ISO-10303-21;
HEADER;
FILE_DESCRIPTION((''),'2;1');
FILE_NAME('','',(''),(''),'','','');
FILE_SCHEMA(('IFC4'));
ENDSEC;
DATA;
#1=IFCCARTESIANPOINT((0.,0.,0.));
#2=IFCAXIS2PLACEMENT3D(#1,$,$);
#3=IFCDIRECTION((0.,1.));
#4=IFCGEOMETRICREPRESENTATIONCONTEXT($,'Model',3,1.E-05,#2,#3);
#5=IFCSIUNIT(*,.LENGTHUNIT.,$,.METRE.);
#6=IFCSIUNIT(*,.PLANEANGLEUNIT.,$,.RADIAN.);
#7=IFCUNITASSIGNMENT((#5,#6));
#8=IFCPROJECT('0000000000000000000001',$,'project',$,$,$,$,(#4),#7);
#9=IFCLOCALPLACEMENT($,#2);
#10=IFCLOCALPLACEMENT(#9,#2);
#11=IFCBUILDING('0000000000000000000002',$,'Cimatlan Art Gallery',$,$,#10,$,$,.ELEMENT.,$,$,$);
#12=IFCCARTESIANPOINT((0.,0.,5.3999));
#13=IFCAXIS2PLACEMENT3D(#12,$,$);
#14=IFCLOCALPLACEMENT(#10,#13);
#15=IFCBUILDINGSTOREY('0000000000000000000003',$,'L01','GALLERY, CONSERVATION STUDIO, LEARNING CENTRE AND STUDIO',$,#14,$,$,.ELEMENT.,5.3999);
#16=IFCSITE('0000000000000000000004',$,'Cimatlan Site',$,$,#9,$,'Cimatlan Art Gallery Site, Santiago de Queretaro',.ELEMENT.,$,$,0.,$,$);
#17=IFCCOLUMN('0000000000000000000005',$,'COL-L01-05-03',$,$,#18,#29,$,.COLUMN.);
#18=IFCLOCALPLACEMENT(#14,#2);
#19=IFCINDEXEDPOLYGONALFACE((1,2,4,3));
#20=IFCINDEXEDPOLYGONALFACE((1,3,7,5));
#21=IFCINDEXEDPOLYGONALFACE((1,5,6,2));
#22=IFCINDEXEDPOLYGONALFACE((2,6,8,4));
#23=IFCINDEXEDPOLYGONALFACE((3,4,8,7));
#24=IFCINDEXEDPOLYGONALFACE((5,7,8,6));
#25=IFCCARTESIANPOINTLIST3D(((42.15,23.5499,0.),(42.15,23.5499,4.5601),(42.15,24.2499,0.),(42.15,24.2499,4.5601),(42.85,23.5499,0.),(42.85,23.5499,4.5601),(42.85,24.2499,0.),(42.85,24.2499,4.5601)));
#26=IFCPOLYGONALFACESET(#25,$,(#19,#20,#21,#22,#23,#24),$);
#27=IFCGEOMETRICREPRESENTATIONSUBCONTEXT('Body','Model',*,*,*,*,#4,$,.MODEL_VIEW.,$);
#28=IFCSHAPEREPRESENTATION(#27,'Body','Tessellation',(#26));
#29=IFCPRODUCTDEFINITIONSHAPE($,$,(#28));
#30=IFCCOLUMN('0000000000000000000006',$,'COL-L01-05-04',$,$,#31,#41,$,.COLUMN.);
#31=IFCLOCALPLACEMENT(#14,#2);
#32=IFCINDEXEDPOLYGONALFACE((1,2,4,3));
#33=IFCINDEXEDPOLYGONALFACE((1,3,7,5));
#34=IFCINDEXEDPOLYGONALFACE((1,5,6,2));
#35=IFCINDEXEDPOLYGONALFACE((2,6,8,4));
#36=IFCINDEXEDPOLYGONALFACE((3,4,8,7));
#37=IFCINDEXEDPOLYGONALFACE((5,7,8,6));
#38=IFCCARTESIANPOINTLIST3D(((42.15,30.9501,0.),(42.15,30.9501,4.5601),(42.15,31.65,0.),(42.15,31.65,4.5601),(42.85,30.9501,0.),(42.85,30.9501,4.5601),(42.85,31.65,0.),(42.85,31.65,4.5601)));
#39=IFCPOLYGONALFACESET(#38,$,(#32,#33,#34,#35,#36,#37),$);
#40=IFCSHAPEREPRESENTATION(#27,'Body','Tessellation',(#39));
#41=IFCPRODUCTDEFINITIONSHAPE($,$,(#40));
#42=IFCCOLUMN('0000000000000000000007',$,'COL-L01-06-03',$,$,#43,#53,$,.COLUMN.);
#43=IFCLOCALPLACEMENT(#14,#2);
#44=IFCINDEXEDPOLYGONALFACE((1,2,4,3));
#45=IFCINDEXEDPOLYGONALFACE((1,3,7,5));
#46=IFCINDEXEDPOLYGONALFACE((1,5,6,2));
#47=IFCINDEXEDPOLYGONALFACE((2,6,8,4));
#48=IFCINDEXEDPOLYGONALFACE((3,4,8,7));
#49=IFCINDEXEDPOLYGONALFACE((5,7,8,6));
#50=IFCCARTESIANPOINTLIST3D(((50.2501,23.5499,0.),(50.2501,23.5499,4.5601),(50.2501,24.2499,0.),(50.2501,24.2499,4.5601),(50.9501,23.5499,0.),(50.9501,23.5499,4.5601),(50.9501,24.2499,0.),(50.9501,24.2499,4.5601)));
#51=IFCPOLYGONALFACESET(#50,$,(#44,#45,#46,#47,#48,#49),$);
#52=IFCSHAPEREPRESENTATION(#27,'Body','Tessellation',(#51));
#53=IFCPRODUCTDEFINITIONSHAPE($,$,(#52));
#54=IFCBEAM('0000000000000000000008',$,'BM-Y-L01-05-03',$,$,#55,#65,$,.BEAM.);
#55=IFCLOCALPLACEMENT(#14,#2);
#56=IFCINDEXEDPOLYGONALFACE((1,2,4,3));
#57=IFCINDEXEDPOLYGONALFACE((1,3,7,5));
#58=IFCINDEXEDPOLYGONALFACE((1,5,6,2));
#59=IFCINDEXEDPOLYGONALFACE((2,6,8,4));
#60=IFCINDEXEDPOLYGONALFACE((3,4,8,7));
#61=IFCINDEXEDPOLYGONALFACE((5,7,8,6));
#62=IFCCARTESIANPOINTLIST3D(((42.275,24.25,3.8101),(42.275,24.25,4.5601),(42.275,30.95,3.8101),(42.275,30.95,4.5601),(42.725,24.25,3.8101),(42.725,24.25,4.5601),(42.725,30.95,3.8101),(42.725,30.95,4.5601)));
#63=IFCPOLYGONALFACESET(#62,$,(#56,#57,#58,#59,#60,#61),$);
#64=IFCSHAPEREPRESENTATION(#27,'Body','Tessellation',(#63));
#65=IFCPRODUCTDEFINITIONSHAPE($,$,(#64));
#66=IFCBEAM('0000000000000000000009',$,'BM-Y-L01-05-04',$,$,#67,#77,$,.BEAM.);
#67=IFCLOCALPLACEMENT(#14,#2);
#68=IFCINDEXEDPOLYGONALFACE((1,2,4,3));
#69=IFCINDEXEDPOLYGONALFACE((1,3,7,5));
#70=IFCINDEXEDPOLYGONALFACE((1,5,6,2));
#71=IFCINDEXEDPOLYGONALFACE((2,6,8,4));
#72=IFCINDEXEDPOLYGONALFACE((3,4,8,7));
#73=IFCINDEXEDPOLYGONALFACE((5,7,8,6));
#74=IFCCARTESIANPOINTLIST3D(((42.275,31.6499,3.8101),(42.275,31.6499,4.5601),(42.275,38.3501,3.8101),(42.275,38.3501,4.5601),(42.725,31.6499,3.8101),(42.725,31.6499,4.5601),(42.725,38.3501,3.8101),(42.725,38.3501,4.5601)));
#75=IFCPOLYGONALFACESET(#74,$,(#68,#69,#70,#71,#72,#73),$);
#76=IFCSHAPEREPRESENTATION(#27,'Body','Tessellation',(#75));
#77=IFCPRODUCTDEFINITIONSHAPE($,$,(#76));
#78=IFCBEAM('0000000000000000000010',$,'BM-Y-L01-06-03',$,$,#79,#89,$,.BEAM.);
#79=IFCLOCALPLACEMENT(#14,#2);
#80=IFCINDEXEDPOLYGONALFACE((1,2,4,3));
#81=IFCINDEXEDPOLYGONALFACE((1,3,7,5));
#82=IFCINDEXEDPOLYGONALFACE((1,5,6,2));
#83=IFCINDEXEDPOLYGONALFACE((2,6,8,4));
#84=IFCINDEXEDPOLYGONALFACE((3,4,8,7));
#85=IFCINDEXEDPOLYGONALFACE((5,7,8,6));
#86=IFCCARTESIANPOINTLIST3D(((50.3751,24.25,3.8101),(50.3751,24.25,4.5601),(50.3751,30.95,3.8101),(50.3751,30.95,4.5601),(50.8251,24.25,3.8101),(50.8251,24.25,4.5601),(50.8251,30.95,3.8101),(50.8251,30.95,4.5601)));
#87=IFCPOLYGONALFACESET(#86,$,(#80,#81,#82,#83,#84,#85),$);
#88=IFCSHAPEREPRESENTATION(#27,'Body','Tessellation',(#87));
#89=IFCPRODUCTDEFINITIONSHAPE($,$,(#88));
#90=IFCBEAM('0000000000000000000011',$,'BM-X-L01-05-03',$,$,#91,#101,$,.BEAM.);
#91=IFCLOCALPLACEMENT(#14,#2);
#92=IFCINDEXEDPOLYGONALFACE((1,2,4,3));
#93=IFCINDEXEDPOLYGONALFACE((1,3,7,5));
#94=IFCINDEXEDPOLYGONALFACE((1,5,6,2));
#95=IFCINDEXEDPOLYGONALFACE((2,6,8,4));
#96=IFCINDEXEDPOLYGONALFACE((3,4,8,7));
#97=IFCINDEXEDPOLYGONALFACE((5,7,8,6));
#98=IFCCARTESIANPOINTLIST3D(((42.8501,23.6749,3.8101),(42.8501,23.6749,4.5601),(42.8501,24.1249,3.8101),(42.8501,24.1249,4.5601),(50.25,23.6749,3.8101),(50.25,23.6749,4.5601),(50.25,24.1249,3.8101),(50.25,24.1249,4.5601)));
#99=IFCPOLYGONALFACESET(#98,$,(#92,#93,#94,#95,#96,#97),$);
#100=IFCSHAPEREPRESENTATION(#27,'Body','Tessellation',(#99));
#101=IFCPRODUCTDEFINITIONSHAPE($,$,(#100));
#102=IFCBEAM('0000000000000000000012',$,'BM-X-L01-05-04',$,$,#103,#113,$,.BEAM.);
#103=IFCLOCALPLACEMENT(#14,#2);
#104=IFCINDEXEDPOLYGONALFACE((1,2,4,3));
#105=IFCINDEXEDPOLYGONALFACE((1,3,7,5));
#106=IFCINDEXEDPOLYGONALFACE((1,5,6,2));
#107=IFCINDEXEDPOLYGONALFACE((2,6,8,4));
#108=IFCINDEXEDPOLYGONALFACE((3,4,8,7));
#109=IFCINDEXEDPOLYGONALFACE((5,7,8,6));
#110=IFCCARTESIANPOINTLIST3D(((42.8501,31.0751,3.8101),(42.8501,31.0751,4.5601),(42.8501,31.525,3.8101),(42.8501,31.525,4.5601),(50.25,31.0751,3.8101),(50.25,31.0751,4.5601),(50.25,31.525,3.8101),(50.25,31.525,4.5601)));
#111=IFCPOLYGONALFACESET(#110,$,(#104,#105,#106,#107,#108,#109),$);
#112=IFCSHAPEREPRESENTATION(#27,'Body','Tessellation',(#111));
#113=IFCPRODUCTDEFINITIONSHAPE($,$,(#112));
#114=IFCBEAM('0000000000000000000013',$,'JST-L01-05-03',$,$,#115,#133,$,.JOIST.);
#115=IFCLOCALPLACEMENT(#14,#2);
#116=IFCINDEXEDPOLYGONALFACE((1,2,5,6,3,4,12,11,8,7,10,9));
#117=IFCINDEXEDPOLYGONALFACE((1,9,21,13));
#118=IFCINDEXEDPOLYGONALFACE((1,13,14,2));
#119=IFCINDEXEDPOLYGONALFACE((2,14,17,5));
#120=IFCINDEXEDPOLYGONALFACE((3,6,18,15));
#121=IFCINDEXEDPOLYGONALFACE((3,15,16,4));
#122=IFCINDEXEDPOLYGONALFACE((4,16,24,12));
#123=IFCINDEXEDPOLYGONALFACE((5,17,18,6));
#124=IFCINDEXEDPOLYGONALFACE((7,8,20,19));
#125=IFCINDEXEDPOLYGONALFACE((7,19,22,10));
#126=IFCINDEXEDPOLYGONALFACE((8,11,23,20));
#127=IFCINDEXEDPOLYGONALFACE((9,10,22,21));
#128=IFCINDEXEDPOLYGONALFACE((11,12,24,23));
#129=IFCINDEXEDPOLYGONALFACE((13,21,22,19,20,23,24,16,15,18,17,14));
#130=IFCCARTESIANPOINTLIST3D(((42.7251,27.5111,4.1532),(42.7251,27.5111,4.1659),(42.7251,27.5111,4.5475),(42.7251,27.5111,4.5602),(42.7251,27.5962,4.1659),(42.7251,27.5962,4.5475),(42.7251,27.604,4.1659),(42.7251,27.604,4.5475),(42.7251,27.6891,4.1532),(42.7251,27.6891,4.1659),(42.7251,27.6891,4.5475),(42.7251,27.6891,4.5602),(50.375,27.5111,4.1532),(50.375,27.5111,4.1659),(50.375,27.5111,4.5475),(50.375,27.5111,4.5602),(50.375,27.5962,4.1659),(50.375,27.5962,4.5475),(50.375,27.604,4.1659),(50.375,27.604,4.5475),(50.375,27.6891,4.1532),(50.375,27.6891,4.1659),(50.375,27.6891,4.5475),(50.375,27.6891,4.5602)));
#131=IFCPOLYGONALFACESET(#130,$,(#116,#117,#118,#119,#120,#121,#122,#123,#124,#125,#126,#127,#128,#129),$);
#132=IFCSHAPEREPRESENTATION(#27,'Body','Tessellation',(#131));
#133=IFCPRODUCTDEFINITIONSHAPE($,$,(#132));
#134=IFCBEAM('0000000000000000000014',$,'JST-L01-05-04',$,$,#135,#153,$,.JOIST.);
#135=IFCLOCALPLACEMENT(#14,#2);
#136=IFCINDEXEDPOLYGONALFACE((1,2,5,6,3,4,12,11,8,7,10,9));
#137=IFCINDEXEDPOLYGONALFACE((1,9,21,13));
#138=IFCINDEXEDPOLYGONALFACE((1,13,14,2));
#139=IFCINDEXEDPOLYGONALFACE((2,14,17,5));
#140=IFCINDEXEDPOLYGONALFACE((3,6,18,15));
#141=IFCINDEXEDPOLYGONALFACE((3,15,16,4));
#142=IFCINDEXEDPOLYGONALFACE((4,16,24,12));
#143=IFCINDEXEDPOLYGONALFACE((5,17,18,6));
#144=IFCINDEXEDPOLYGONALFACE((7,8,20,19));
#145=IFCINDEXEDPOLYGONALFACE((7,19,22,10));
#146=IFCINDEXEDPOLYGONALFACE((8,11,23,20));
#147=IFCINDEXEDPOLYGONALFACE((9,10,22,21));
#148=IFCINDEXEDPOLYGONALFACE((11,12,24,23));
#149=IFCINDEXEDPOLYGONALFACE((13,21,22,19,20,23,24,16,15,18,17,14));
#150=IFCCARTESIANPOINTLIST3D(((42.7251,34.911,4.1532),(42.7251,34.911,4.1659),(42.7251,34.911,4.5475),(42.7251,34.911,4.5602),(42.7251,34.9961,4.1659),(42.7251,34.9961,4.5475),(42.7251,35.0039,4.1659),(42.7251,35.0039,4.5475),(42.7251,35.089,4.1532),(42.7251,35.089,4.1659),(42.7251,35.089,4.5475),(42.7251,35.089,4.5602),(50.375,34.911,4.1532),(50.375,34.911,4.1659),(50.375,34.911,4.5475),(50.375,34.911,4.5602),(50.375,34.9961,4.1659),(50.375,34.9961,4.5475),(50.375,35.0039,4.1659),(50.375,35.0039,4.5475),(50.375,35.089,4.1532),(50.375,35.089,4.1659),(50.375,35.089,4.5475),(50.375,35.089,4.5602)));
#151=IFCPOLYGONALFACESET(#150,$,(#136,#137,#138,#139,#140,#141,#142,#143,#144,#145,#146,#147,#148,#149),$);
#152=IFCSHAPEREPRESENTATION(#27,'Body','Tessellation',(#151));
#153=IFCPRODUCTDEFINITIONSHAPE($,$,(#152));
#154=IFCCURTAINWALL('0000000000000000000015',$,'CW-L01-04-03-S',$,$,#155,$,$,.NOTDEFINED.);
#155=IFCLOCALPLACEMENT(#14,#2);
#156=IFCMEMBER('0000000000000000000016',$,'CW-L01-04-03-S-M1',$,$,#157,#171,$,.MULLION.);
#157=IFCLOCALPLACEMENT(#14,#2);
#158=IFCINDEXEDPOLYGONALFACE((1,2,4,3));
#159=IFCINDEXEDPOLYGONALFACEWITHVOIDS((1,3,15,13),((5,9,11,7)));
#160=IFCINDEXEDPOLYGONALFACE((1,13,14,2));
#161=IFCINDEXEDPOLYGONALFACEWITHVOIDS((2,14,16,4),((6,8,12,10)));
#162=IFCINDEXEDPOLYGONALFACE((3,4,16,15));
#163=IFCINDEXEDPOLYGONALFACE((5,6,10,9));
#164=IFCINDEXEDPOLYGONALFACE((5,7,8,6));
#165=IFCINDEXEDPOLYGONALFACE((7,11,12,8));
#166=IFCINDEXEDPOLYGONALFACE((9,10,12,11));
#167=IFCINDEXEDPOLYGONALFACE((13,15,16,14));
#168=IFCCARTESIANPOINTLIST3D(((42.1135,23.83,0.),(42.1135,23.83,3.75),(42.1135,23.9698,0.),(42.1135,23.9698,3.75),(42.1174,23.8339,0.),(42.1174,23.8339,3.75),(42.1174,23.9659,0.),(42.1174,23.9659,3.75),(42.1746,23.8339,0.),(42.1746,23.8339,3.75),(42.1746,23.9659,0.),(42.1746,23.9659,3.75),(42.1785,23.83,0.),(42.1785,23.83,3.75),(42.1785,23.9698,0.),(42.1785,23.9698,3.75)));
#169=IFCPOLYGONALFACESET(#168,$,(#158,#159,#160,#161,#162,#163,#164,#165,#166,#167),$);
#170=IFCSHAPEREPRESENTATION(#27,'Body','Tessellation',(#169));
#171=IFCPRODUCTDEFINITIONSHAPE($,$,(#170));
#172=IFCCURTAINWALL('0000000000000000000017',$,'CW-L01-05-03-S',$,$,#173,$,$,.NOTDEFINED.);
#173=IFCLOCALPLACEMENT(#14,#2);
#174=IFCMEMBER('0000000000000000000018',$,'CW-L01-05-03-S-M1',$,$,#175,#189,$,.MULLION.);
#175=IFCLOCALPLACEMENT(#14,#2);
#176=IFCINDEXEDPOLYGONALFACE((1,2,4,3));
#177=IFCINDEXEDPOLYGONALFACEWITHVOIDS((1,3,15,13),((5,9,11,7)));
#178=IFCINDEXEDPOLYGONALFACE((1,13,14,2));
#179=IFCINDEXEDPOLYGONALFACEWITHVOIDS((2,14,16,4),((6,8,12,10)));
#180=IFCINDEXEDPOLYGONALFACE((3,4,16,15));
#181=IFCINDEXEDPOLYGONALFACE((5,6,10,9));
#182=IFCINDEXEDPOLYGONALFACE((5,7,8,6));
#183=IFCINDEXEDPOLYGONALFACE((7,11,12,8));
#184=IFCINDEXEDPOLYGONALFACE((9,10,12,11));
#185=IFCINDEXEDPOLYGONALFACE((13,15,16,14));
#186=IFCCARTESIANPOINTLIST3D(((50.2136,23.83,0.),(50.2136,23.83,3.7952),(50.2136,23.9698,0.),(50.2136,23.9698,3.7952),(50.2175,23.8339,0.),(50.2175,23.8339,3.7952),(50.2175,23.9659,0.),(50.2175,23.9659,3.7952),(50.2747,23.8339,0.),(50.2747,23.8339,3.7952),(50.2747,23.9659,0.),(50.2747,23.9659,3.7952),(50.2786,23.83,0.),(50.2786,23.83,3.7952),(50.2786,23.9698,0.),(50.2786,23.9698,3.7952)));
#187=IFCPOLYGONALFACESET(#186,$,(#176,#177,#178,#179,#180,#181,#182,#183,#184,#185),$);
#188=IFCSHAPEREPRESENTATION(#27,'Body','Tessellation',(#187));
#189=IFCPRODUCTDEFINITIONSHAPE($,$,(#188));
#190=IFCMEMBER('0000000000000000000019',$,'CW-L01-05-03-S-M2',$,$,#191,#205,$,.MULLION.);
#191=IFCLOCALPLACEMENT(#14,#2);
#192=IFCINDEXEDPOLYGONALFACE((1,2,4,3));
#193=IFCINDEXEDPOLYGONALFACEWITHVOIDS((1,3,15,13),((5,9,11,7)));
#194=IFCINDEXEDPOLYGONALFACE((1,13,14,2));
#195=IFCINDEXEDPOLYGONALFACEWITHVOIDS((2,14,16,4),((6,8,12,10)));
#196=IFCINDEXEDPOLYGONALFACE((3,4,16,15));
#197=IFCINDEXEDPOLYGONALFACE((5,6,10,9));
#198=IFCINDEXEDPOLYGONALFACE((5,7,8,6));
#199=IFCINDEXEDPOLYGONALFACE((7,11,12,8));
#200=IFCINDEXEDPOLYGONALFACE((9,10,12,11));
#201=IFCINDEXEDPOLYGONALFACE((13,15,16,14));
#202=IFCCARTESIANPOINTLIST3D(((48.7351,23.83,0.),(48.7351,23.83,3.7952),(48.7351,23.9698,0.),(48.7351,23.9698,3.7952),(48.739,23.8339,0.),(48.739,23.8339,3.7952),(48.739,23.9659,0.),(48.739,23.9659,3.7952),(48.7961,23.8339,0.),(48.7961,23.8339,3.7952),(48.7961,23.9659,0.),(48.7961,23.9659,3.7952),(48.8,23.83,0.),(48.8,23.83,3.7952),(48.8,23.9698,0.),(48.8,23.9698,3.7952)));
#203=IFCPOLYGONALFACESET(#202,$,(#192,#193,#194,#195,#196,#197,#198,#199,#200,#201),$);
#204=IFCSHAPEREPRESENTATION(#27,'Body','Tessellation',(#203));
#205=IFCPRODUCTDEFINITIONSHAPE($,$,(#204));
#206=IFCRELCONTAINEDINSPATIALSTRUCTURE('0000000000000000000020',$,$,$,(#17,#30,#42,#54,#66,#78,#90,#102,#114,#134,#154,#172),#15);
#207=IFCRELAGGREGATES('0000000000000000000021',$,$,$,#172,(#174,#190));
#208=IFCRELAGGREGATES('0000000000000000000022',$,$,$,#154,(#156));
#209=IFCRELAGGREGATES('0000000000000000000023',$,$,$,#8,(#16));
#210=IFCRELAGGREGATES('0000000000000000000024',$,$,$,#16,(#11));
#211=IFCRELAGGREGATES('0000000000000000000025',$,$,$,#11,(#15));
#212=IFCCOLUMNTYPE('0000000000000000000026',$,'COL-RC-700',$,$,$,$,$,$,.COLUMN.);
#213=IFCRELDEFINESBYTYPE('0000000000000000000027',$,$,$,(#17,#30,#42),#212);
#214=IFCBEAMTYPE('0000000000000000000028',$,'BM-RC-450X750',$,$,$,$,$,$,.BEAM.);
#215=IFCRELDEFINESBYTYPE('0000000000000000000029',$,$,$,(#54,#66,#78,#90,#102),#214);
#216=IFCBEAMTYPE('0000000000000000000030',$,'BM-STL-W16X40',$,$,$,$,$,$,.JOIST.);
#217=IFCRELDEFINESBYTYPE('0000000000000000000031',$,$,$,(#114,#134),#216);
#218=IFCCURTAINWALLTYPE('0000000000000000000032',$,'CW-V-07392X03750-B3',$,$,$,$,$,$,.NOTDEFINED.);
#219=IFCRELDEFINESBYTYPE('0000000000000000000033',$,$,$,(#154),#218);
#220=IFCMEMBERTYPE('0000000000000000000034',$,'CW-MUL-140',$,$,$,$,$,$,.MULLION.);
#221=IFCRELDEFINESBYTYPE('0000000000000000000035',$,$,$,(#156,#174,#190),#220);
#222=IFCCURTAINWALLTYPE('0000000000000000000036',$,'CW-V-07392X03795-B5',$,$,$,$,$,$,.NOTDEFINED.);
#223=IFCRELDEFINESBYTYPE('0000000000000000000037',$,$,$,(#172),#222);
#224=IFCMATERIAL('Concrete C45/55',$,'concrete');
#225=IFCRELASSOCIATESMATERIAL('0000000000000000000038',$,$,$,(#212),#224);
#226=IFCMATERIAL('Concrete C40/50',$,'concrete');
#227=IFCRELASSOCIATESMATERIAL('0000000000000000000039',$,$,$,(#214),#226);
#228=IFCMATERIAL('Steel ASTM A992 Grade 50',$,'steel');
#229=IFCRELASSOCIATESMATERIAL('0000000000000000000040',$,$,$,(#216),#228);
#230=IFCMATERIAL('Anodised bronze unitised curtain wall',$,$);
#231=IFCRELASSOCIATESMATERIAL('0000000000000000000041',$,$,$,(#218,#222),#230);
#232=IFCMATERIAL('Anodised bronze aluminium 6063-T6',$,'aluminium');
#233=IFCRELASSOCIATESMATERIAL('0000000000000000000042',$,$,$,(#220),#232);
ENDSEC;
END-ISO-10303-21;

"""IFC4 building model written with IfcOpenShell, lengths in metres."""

from ifc_helpers import new_model, si_unit, direction, frame, origin, origin_2d, place, context, subcontext, project, spatial, rectangle, hollow_rectangle, i_section, extrude, material, material_profile, profile_set, type_object, element, aggregate, save


model = new_model("IFC4")

# Units and contexts
model_context = context("Model", 3, precision=1e-05, world=origin(), true_north=direction((0.0, 1.0)))
body_context = subcontext(model_context, "Body", "Model", "MODEL_VIEW")
ifc_project = project(units=[si_unit("LENGTHUNIT", "METRE"), si_unit("PLANEANGLEUNIT", "RADIAN")], contexts=[model_context])

# Site, building, storey
site_placement = place(None, origin())
site = spatial("IfcSite", under=ifc_project, at=site_placement, Name="Cimatlan Site", LongName="Cimatlan Art Gallery Site, Santiago de Queretaro", CompositionType="ELEMENT", RefElevation=0.0)
building_placement = place(site_placement, origin())
building = spatial("IfcBuilding", under=site, at=building_placement, Name="Cimatlan Art Gallery", CompositionType="ELEMENT")
storey_placement = place(building_placement, frame((0.0, 0.0, 5.3999)))
storey = spatial("IfcBuildingStorey", under=building, at=storey_placement, Name="L01", Description="GALLERY, CONSERVATION STUDIO, LEARNING CENTRE AND STUDIO", CompositionType="ELEMENT", Elevation=5.3999)

# Columns
ifc_material_1 = material(Name="Concrete C45/55", Category="concrete")
ifc_material_profile_1 = material_profile(ifc_material_1, rectangle(XDim=0.7, YDim=0.7, at=origin_2d()), Name="RC700X700")
ifc_profile_set_1 = profile_set([ifc_material_profile_1], Name="Concrete C45/55")
column_type = type_object("IfcColumnType", Name="COL-RC-700", PredefinedType="COLUMN", material=ifc_profile_set_1)
for number, where, z_axis, x_axis, name in (
    (1, (42.5, 23.8999, 0.0), (0.0, 0.0, 1.0), (1.0, 0.0, 0.0), "COL-L01-05-03"),
    (2, (42.5, 31.3, 0.0), (0.0, 0.0, 1.0), (1.0, 0.0, 0.0), "COL-L01-05-04"),
    (3, (50.6001, 23.8999, 0.0), (0.0, 0.0, 1.0), (1.0, 0.0, 0.0), "COL-L01-06-03"),
):
    element("IfcColumn", number, at=place(storey_placement, frame(where, z_axis=z_axis, x_axis=x_axis)), inside=storey, type_object=column_type, Name=name, PredefinedType="COLUMN", context=body_context, shape_type="SweptSolid", body=[
        extrude(rectangle(XDim=0.7, YDim=0.7, at=origin_2d()), origin(), (0.0, 0.0, 1.0), 4.5601),
    ])

# Beams
ifc_material_2 = material(Name="Concrete C40/50", Category="concrete")
ifc_material_profile_2 = material_profile(ifc_material_2, rectangle(XDim=0.45, YDim=0.75, at=origin_2d()), Name="RC450X750")
ifc_profile_set_2 = profile_set([ifc_material_profile_2], Name="Concrete C40/50")
beam_type_1 = type_object("IfcBeamType", Name="BM-RC-450X750", PredefinedType="BEAM", material=ifc_profile_set_2)
beam_1_placement = place(storey_placement, frame((42.5, 24.25, 4.1851), z_axis=(0.0, 1.0, 0.0), x_axis=(-1.0, 0.0, 0.0)))
element("IfcBeam", 4, at=beam_1_placement, inside=storey, type_object=beam_type_1, Name="BM-Y-L01-05-03", PredefinedType="BEAM", context=body_context, shape_type="SweptSolid", body=[
    extrude(rectangle(XDim=0.45, YDim=0.75, at=origin_2d()), origin(), (0.0, 0.0, 1.0), 6.7),
])
beam_2_placement = place(storey_placement, frame((42.5, 31.6499, 4.1851), z_axis=(0.0, 1.0, 0.0), x_axis=(-1.0, 0.0, 0.0)))
element("IfcBeam", 5, at=beam_2_placement, inside=storey, type_object=beam_type_1, Name="BM-Y-L01-05-04", PredefinedType="BEAM", context=body_context, shape_type="SweptSolid", body=[
    extrude(rectangle(XDim=0.45, YDim=0.75, at=origin_2d()), origin(), (0.0, 0.0, 1.0), 6.7002),
])
beam_3_placement = place(storey_placement, frame((50.6001, 24.25, 4.1851), z_axis=(0.0, 1.0, 0.0), x_axis=(-1.0, 0.0, 0.0)))
element("IfcBeam", 6, at=beam_3_placement, inside=storey, type_object=beam_type_1, Name="BM-Y-L01-06-03", PredefinedType="BEAM", context=body_context, shape_type="SweptSolid", body=[
    extrude(rectangle(XDim=0.45, YDim=0.75, at=origin_2d()), origin(), (0.0, 0.0, 1.0), 6.7),
])
for number, where, z_axis, x_axis, name in (
    (7, (42.8501, 23.8999, 4.1851), (1.0, 0.0, 0.0), (0.0, 1.0, 0.0), "BM-X-L01-05-03"),
    (8, (42.8501, 31.3, 4.1851), (1.0, 0.0, 0.0), (0.0, 1.0, 0.0), "BM-X-L01-05-04"),
):
    element("IfcBeam", number, at=place(storey_placement, frame(where, z_axis=z_axis, x_axis=x_axis)), inside=storey, type_object=beam_type_1, Name=name, PredefinedType="BEAM", context=body_context, shape_type="SweptSolid", body=[
        extrude(rectangle(XDim=0.45, YDim=0.75, at=origin_2d()), origin(), (0.0, 0.0, 1.0), 7.3999),
    ])
ifc_material_3 = material(Name="Steel ASTM A992 Grade 50", Category="steel")
ifc_material_profile_3 = material_profile(ifc_material_3, i_section(OverallWidth=0.178, OverallDepth=0.407, WebThickness=0.0078, FlangeThickness=0.0127, at=origin_2d()), Name="W16X40")
ifc_profile_set_3 = profile_set([ifc_material_profile_3], Name="Steel ASTM A992 Grade 50")
beam_type_2 = type_object("IfcBeamType", Name="BM-STL-W16X40", PredefinedType="JOIST", material=ifc_profile_set_3)
for number, where, z_axis, x_axis, name in (
    (9, (42.7251, 27.6001, 4.3567), (1.0, 0.0, 0.0), (0.0, 1.0, 0.0), "JST-L01-05-03"),
    (10, (42.7251, 35.0, 4.3567), (1.0, 0.0, 0.0), (0.0, 1.0, 0.0), "JST-L01-05-04"),
):
    element("IfcBeam", number, at=place(storey_placement, frame(where, z_axis=z_axis, x_axis=x_axis)), inside=storey, type_object=beam_type_2, Name=name, PredefinedType="JOIST", context=body_context, shape_type="SweptSolid", body=[
        extrude(i_section(OverallWidth=0.178, OverallDepth=0.407, WebThickness=0.0078, FlangeThickness=0.0127, at=origin_2d()), origin(), (0.0, 0.0, 1.0), 7.6499),
    ])

# Curtain wall, member
ifc_material_4 = material(Name="Anodised bronze unitised curtain wall")
curtain_wall_type_1 = type_object("IfcCurtainWallType", Name="CW-V-07392X03750-B3", PredefinedType="NOTDEFINED", material=ifc_material_4)
curtain_wall_1_placement = place(storey_placement, origin())
curtain_wall_1 = element("IfcCurtainWall", 11, at=curtain_wall_1_placement, inside=storey, type_object=curtain_wall_type_1, Name="CW-L01-04-03-S", PredefinedType="NOTDEFINED")
ifc_material_5 = material(Name="Anodised bronze aluminium 6063-T6", Category="aluminium")
ifc_material_profile_4 = material_profile(ifc_material_5, hollow_rectangle(XDim=0.0649, YDim=0.1399, WallThickness=0.0039, at=origin_2d()), Name="ALU65X140X4")
ifc_profile_set_4 = profile_set([ifc_material_profile_4], Name="Anodised bronze aluminium 6063-T6")
member_type_1 = type_object("IfcMemberType", Name="CW-MUL-140", PredefinedType="MULLION", material=ifc_profile_set_4)
member_1_placement = place(storey_placement, frame((42.146, 23.8999, 0.0), z_axis=(0.0, 0.0, 1.0), x_axis=(1.0, 0.0, 0.0)))
member_1 = element("IfcMember", 12, at=member_1_placement, type_object=member_type_1, Name="CW-L01-04-03-S-M1", PredefinedType="MULLION", context=body_context, shape_type="SweptSolid", body=[
    extrude(hollow_rectangle(XDim=0.0649, YDim=0.1399, WallThickness=0.0039, at=origin_2d()), origin(), (0.0, 0.0, 1.0), 3.75),
])

# Curtain wall, members
curtain_wall_type_2 = type_object("IfcCurtainWallType", Name="CW-V-07392X03795-B5", PredefinedType="NOTDEFINED", material=ifc_material_4)
curtain_wall_2_placement = place(storey_placement, origin())
curtain_wall_2 = element("IfcCurtainWall", 13, at=curtain_wall_2_placement, inside=storey, type_object=curtain_wall_type_2, Name="CW-L01-05-03-S", PredefinedType="NOTDEFINED")
member_2_placement = place(storey_placement, frame((50.2461, 23.8999, 0.0), z_axis=(0.0, 0.0, 1.0), x_axis=(1.0, 0.0, 0.0)))
member_2 = element("IfcMember", 14, at=member_2_placement, type_object=member_type_1, Name="CW-L01-05-03-S-M1", PredefinedType="MULLION", context=body_context, shape_type="SweptSolid", body=[
    extrude(hollow_rectangle(XDim=0.0649, YDim=0.1399, WallThickness=0.0039, at=origin_2d()), origin(), (0.0, 0.0, 1.0), 3.7952),
])
member_3_placement = place(storey_placement, frame((48.7676, 23.8999, 0.0), z_axis=(0.0, 0.0, 1.0), x_axis=(1.0, 0.0, 0.0)))
member_3 = element("IfcMember", 15, at=member_3_placement, type_object=member_type_1, Name="CW-L01-05-03-S-M2", PredefinedType="MULLION", context=body_context, shape_type="SweptSolid", body=[
    extrude(hollow_rectangle(XDim=0.0649, YDim=0.1399, WallThickness=0.0039, at=origin_2d()), origin(), (0.0, 0.0, 1.0), 3.7952),
])

aggregate(curtain_wall_2, [member_2, member_3])
aggregate(curtain_wall_1, [member_1])

save(model, "model.ifc")
